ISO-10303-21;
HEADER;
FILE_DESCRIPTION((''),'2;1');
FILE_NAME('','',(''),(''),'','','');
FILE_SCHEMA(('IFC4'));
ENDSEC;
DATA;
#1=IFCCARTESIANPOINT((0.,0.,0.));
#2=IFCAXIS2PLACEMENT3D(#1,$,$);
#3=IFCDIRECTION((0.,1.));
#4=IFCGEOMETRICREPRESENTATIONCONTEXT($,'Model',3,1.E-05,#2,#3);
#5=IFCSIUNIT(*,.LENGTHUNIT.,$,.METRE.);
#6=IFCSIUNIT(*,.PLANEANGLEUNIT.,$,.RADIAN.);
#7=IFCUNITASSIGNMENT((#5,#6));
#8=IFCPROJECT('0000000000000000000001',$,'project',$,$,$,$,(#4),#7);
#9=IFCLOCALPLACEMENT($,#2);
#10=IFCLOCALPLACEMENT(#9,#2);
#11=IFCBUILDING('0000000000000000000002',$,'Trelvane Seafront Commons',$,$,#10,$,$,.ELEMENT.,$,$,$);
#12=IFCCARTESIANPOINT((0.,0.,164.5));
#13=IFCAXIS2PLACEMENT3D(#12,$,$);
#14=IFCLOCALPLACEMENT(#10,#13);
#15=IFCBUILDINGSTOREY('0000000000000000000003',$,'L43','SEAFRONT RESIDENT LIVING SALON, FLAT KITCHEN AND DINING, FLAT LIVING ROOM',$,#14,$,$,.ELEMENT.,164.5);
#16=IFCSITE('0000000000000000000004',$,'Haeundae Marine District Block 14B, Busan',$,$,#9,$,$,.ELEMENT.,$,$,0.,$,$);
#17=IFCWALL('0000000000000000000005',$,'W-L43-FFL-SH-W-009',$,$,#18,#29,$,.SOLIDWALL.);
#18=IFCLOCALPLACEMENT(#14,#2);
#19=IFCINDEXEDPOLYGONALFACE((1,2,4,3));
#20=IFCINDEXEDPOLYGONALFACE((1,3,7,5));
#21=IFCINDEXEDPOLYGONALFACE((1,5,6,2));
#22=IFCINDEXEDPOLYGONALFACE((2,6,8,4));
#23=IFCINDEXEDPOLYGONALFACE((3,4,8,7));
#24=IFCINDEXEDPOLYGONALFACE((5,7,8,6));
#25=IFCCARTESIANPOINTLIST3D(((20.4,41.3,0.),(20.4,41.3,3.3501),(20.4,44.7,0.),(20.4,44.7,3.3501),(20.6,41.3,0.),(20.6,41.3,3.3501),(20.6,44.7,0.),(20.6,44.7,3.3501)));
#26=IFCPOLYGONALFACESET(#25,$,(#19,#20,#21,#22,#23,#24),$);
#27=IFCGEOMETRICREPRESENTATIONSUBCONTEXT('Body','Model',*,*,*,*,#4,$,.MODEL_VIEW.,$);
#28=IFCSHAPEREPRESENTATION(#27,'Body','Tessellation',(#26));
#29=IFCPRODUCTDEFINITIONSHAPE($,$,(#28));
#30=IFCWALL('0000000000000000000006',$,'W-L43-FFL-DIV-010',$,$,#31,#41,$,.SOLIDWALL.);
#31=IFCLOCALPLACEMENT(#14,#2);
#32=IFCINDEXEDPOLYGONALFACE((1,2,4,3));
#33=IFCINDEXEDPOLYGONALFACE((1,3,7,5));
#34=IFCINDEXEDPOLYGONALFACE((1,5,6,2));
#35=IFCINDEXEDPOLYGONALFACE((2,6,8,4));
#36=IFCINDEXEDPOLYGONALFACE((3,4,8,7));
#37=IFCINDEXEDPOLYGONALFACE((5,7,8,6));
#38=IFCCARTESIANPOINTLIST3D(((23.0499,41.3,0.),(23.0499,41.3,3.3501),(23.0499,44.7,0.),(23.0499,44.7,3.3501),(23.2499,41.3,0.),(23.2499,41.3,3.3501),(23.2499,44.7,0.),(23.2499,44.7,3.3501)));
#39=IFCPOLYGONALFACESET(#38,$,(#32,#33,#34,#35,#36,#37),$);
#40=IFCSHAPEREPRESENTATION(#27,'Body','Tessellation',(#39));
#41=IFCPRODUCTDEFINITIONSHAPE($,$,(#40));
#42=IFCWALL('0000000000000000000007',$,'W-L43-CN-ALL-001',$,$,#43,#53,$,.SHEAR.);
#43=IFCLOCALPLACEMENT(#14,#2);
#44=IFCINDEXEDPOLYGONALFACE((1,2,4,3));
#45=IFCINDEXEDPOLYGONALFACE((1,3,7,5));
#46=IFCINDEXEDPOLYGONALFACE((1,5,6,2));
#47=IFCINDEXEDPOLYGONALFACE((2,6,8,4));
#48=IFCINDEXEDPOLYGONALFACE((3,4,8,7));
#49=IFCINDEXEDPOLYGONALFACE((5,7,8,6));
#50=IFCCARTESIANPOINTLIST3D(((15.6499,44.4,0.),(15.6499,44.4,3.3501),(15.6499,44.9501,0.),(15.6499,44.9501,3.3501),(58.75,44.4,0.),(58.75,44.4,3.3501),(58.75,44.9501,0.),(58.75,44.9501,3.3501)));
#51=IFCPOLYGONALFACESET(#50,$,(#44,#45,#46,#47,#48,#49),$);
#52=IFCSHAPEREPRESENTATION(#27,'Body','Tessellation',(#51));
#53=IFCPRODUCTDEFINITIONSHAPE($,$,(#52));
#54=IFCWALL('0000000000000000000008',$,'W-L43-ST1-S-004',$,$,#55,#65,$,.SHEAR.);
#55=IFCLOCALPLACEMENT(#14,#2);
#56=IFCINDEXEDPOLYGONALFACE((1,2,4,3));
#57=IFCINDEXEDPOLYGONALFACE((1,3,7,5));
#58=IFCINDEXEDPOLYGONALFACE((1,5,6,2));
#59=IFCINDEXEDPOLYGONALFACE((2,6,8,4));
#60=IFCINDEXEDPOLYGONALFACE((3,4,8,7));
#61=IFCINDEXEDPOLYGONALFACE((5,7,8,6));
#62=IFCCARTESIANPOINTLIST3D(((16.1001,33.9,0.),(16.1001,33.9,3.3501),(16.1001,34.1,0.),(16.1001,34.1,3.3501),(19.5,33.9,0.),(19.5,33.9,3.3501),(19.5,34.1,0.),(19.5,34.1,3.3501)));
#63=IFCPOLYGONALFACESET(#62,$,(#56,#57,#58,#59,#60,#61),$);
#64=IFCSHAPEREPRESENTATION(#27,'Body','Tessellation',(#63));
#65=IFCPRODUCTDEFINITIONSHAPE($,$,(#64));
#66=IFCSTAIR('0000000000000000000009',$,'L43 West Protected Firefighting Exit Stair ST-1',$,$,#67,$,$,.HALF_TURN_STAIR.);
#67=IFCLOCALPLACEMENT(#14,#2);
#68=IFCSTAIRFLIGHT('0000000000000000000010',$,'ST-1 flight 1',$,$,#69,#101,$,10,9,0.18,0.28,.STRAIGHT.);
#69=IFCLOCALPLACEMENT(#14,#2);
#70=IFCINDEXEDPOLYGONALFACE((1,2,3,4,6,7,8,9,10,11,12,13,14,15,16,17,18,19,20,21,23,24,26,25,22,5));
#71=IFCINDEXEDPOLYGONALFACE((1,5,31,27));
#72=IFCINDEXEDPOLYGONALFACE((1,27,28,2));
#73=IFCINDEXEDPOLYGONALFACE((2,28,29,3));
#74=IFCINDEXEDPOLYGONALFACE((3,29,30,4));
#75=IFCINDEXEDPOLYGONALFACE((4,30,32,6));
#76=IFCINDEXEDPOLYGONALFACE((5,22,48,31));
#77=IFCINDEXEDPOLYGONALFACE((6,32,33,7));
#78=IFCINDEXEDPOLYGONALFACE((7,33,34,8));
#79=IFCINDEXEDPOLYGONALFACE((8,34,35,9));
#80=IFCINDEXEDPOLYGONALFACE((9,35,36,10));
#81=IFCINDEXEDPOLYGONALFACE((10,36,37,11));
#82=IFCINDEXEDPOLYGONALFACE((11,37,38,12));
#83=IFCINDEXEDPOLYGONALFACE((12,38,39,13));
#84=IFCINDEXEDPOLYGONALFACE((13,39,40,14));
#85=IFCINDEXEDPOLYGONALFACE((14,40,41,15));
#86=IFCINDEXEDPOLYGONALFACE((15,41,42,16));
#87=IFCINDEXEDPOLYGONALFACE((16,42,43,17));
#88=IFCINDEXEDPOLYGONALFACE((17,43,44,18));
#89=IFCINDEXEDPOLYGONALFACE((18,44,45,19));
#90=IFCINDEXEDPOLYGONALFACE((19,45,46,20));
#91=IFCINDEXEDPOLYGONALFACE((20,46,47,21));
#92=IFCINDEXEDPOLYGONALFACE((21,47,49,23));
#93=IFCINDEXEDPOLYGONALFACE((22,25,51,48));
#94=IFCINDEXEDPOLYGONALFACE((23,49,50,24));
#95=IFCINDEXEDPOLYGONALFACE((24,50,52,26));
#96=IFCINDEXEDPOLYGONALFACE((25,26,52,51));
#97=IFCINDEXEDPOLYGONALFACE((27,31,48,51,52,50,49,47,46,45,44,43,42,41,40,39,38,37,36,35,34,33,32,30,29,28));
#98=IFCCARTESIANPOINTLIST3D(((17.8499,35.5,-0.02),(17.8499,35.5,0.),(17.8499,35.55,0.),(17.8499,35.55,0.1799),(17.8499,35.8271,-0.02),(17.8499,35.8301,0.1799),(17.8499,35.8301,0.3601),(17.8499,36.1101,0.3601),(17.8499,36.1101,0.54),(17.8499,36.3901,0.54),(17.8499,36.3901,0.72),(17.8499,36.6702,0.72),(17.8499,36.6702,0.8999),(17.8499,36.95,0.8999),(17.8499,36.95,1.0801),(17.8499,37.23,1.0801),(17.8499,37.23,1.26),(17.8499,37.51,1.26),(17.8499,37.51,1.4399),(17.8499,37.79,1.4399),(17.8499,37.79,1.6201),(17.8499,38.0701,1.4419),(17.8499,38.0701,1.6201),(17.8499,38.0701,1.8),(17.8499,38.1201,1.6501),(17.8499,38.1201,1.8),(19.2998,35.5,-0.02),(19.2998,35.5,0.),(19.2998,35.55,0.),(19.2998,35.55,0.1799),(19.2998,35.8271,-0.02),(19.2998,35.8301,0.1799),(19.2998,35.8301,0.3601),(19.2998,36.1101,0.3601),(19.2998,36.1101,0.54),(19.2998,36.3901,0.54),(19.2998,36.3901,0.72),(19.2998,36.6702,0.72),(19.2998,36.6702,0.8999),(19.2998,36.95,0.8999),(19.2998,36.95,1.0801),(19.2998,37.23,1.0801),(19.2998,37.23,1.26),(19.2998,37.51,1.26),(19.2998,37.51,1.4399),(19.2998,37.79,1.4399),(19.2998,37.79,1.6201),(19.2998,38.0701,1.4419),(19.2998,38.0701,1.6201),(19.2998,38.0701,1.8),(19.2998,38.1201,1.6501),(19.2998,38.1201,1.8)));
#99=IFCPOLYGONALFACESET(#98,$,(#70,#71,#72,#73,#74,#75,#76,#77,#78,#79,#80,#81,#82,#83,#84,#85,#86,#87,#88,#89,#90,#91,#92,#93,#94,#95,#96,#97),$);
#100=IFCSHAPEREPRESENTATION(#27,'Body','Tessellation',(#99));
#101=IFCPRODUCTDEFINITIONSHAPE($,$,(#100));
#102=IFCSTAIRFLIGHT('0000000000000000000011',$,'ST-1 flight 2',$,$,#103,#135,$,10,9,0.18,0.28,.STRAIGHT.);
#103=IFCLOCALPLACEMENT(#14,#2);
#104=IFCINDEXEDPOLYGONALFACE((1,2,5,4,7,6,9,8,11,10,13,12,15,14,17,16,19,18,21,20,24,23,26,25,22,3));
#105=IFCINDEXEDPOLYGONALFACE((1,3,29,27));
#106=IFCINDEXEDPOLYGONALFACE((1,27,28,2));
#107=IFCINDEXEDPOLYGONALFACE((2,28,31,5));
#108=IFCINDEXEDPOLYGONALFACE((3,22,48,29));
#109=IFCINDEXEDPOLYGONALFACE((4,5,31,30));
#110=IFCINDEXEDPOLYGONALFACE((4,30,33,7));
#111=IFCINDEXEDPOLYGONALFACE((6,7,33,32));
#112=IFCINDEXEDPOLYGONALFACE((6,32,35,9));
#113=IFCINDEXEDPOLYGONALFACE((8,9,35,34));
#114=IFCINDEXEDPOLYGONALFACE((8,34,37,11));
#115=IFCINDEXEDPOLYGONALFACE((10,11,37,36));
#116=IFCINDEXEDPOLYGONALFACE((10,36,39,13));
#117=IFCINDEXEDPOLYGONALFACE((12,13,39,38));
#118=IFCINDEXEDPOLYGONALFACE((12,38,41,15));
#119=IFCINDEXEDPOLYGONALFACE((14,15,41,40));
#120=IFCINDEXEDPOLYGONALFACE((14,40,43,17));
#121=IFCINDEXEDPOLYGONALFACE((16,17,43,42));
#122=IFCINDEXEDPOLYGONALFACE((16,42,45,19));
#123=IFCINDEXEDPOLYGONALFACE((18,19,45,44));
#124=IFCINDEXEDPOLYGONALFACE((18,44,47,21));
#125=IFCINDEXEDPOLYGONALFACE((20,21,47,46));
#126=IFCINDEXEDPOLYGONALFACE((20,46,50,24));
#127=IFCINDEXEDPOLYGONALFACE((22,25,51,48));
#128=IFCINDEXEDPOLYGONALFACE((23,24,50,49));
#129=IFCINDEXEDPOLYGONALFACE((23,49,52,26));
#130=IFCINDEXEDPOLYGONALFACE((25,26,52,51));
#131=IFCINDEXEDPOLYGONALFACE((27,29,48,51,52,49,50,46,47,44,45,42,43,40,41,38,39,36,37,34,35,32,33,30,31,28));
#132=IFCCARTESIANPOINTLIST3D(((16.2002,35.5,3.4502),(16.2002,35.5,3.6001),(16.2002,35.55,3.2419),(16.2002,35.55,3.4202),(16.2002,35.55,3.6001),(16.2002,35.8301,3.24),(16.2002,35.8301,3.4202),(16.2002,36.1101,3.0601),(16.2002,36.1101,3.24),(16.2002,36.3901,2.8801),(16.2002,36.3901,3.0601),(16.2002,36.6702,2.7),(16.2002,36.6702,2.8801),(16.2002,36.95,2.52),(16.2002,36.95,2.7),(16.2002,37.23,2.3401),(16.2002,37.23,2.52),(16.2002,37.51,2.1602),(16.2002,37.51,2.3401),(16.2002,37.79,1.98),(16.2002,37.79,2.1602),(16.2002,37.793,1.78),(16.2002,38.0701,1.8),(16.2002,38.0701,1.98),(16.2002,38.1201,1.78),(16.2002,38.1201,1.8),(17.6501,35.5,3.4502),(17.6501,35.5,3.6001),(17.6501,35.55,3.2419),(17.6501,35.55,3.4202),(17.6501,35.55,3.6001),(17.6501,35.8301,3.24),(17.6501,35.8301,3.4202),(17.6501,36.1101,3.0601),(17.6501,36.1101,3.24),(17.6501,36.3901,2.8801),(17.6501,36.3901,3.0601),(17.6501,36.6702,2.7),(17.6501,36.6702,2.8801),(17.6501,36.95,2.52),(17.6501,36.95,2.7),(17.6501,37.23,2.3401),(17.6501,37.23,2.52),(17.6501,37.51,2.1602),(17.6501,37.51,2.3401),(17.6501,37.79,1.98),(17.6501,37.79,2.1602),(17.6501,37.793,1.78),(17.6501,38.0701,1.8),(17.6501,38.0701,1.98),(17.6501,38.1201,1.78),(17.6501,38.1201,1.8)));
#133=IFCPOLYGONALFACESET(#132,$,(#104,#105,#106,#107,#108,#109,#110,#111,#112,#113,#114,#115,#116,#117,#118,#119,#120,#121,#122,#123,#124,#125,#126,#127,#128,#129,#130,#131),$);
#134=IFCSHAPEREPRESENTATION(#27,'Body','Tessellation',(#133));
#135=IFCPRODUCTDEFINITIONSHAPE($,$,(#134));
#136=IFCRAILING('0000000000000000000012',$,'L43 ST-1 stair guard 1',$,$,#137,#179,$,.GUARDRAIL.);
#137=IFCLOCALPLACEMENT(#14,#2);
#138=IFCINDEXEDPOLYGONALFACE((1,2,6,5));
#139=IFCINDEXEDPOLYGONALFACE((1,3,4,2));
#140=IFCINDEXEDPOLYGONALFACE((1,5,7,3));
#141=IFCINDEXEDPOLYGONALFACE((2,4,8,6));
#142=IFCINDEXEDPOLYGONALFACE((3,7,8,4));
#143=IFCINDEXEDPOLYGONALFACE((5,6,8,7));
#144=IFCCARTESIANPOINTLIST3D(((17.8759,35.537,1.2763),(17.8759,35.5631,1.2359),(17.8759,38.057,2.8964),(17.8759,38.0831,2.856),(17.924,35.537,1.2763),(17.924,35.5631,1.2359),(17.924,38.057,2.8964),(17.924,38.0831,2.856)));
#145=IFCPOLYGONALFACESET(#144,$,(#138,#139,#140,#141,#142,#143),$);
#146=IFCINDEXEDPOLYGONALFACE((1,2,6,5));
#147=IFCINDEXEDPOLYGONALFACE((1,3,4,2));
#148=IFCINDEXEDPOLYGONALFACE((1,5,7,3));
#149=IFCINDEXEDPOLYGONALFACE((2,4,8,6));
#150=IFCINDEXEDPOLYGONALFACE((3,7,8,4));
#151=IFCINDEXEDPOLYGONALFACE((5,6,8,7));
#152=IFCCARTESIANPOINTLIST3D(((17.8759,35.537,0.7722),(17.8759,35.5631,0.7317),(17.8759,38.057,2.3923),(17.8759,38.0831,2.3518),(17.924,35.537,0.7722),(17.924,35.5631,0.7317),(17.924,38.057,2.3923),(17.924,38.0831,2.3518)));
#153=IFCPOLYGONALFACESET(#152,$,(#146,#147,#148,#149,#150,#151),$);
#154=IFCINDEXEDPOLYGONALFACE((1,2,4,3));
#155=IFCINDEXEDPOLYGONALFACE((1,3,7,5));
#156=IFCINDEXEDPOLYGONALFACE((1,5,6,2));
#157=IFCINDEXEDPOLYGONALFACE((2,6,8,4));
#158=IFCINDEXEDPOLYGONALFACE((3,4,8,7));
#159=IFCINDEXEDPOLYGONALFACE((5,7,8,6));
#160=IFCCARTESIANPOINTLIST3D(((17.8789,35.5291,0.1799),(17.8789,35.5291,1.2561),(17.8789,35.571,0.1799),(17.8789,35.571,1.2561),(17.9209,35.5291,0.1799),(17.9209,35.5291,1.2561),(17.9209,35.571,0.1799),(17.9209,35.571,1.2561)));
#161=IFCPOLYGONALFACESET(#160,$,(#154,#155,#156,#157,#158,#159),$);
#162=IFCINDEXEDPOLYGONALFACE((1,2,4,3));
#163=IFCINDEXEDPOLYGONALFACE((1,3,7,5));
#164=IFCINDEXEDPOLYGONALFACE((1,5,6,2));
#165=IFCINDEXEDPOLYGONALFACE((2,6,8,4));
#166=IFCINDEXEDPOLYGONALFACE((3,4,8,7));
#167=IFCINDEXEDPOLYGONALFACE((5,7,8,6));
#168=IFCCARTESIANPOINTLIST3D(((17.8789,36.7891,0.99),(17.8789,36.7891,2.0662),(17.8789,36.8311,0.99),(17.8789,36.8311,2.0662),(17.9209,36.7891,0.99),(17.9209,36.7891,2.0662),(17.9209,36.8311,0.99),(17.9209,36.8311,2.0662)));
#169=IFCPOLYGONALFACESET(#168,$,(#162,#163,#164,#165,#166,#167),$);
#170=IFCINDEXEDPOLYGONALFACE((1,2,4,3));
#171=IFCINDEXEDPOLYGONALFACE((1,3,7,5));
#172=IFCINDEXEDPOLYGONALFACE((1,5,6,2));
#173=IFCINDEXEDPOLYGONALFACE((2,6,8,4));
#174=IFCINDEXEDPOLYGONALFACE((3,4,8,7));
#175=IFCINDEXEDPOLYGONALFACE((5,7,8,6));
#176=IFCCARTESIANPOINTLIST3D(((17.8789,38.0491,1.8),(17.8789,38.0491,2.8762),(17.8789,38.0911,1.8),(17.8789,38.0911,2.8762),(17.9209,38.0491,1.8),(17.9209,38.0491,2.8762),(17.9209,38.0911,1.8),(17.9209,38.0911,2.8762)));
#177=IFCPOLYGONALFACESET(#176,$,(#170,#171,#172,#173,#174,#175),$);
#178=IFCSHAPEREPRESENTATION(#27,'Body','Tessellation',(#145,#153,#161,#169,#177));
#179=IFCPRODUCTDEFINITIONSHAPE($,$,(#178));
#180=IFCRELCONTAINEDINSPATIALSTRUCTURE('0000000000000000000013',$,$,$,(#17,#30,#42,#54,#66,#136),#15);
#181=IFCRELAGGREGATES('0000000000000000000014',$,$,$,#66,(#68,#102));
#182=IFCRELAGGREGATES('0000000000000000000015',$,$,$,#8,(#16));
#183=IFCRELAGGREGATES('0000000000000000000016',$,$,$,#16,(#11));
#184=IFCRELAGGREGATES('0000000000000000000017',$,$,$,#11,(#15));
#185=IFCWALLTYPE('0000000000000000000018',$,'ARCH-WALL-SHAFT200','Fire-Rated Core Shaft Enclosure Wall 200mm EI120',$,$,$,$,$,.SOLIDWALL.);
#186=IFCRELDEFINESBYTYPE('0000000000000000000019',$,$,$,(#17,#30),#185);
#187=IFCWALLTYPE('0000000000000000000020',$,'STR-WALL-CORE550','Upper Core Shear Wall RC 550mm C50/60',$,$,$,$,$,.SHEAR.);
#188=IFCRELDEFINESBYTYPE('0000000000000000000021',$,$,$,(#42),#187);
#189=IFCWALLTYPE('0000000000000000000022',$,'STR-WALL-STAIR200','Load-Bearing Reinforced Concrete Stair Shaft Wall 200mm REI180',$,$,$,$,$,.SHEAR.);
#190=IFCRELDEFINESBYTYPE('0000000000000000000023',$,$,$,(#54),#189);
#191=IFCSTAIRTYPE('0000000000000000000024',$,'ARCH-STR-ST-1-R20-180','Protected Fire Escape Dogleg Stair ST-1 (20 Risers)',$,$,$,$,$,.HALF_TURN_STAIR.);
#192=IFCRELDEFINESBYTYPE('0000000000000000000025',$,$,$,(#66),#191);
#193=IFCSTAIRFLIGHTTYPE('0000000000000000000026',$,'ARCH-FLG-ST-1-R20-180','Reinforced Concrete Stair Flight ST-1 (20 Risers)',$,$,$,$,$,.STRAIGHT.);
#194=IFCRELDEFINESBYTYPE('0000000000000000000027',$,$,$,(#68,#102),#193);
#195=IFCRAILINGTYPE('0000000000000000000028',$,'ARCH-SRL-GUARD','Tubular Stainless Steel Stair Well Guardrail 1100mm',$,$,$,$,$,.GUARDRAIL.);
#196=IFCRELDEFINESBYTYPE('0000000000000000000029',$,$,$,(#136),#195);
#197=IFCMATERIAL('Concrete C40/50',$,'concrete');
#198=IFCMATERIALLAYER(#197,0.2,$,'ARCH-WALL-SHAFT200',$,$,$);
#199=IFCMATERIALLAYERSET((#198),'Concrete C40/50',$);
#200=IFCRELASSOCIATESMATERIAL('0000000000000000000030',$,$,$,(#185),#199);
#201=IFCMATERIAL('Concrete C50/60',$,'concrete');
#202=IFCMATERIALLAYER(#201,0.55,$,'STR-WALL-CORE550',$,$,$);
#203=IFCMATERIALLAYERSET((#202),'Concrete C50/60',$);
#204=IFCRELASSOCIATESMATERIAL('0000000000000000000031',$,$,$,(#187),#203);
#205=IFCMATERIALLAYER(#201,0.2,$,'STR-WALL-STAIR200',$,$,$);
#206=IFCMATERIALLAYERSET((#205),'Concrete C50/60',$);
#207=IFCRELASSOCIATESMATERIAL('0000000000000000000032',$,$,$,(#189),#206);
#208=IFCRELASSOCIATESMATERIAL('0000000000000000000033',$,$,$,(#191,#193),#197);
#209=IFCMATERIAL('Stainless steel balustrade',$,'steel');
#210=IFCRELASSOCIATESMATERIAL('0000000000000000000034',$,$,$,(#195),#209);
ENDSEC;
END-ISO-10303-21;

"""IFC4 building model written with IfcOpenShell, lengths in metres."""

from ifc_helpers import new_model, si_unit, direction, frame, frame_2d, origin, origin_2d, place, context, subcontext, project, spatial, polyline, rectangle, outline, extrude, source, transform, mapped, material, layer, layer_set, type_object, element, aggregate, save


model = new_model("IFC4")

# Units and contexts
model_context = context("Model", 3, precision=1e-05, world=origin(), true_north=direction((0.0, 1.0)))
body_context = subcontext(model_context, "Body", "Model", "MODEL_VIEW")
ifc_project = project(units=[si_unit("LENGTHUNIT", "METRE"), si_unit("PLANEANGLEUNIT", "RADIAN")], contexts=[model_context])

# Site, building, storey
site_placement = place(None, origin())
site = spatial("IfcSite", under=ifc_project, at=site_placement, Name="Haeundae Marine District Block 14B, Busan", CompositionType="ELEMENT", RefElevation=0.0)
building_placement = place(site_placement, origin())
building = spatial("IfcBuilding", under=site, at=building_placement, Name="Trelvane Seafront Commons", CompositionType="ELEMENT")
storey_placement = place(building_placement, frame((0.0, 0.0, 164.5)))
storey = spatial("IfcBuildingStorey", under=building, at=storey_placement, Name="L43", Description="SEAFRONT RESIDENT LIVING SALON, FLAT KITCHEN AND DINING, FLAT LIVING ROOM", CompositionType="ELEMENT", Elevation=164.5)

# Shared definitions
ifc_material_1 = material(Name="Concrete C50/60", Category="concrete")

# Shared definitions
ifc_material_2 = material(Name="Concrete C40/50", Category="concrete")
ifc_layer_1 = layer(ifc_material_2, 0.2, Name="ARCH-WALL-SHAFT200")
ifc_layer_set_1 = layer_set([ifc_layer_1], Name="Concrete C40/50")
wall_type_1 = type_object("IfcWallType", Name="ARCH-WALL-SHAFT200", Description="Fire-Rated Core Shaft Enclosure Wall 200mm EI120", PredefinedType="SOLIDWALL", material=ifc_layer_set_1)
ifc_material_3 = material(Name="Stainless steel balustrade", Category="steel")

# Walls
for number, where, z_axis, x_axis, name in (
    (1, (20.5, 41.3, 0.0), (0.0, 0.0, 1.0), (0.0, 1.0, 0.0), "W-L43-FFL-SH-W-009"),
    (2, (23.1499, 41.3, 0.0), (0.0, 0.0, 1.0), (0.0, 1.0, 0.0), "W-L43-FFL-DIV-010"),
):
    element("IfcWall", number, at=place(storey_placement, frame(where, z_axis=z_axis, x_axis=x_axis)), inside=storey, type_object=wall_type_1, Name=name, PredefinedType="SOLIDWALL", context=body_context, shape_type="SweptSolid", body=[
        extrude(rectangle(XDim=3.3999, YDim=0.2, at=frame_2d((1.7, 0.0))), origin(), (0.0, 0.0, 1.0), 3.3501),
    ])
ifc_layer_2 = layer(ifc_material_1, 0.55, Name="STR-WALL-CORE550")
ifc_layer_set_2 = layer_set([ifc_layer_2], Name="Concrete C50/60")
wall_type_2 = type_object("IfcWallType", Name="STR-WALL-CORE550", Description="Upper Core Shear Wall RC 550mm C50/60", PredefinedType="SHEAR", material=ifc_layer_set_2)
wall_1_placement = place(storey_placement, frame((15.6499, 44.675, 0.0), z_axis=(0.0, 0.0, 1.0), x_axis=(1.0, 0.0, 0.0)))
element("IfcWall", 3, at=wall_1_placement, inside=storey, type_object=wall_type_2, Name="W-L43-CN-ALL-001", PredefinedType="SHEAR", context=body_context, shape_type="SweptSolid", body=[
    extrude(rectangle(XDim=43.1001, YDim=0.55, at=frame_2d((21.55, 0.0))), origin(), (0.0, 0.0, 1.0), 3.3501),
])
ifc_layer_3 = layer(ifc_material_1, 0.2, Name="STR-WALL-STAIR200")
ifc_layer_set_3 = layer_set([ifc_layer_3], Name="Concrete C50/60")
wall_type_3 = type_object("IfcWallType", Name="STR-WALL-STAIR200", Description="Load-Bearing Reinforced Concrete Stair Shaft Wall 200mm REI180", PredefinedType="SHEAR", material=ifc_layer_set_3)
wall_2_placement = place(storey_placement, frame((16.1001, 34.0, 0.0), z_axis=(0.0, 0.0, 1.0), x_axis=(1.0, 0.0, 0.0)))
element("IfcWall", 4, at=wall_2_placement, inside=storey, type_object=wall_type_3, Name="W-L43-ST1-S-004", PredefinedType="SHEAR", context=body_context, shape_type="SweptSolid", body=[
    extrude(rectangle(XDim=3.3999, YDim=0.2, at=frame_2d((1.7, 0.0))), origin(), (0.0, 0.0, 1.0), 3.3501),
])

# Stair, stair flights
stair_type = type_object("IfcStairType", Name="ARCH-STR-ST-1-R20-180", Description="Protected Fire Escape Dogleg Stair ST-1 (20 Risers)", PredefinedType="HALF_TURN_STAIR", material=ifc_material_2)
stair_placement = place(storey_placement, origin())
stair = element("IfcStair", 5, at=stair_placement, inside=storey, type_object=stair_type, Name="L43 West Protected Firefighting Exit Stair ST-1", PredefinedType="HALF_TURN_STAIR")
stair_flight_type = type_object("IfcStairFlightType", Name="ARCH-FLG-ST-1-R20-180", Description="Reinforced Concrete Stair Flight ST-1 (20 Risers)", PredefinedType="STRAIGHT", material=ifc_material_2)
shared_shape_1 = source(origin(), body_context, "Body", "SweptSolid", [
    extrude(outline(polyline([(-0.05, -0.02), (-0.05, 0.0), (0.0, 0.0), (0.0, 0.1799), (0.28, 0.1799), (0.28, 0.3601), (0.5601, 0.3601), (0.5601, 0.54), (0.8401, 0.54), (0.8401, 0.72), (1.1201, 0.72), (1.1201, 0.8999), (1.3999, 0.8999), (1.3999, 1.0801), (1.6799, 1.0801), (1.6799, 1.26), (1.96, 1.26), (1.96, 1.4399), (2.24, 1.4399), (2.24, 1.6201), (2.52, 1.6201), (2.52, 1.8), (2.5701, 1.8), (2.5701, 1.6501), (2.52, 1.4419), (0.2771, -0.02), (-0.05, -0.02)])), frame((0.0, 0.7251, 0.0), z_axis=(0.0, -1.0, 0.0), x_axis=(1.0, 0.0, 0.0)), (0.0, 0.0, 1.0), 1.45),
])
stair_flight_1_placement = place(storey_placement, frame((18.575, 35.55, 0.0), z_axis=(0.0, 0.0, 1.0), x_axis=(0.0, 1.0, 0.0)))
stair_flight_1 = element("IfcStairFlight", 6, at=stair_flight_1_placement, type_object=stair_flight_type, Name="ST-1 flight 1", NumberOfRisers=10, NumberOfTreads=9, PredefinedType="STRAIGHT", RiserHeight=0.18, TreadLength=0.28, context=body_context, shape_type="MappedRepresentation", body=[
    mapped(shared_shape_1, transform((0.0, 0.0, 0.0), x_axis=(1.0, 0.0, 0.0), y_axis=(0.0, 1.0, 0.0), z_axis=(0.0, 0.0, 1.0), scale=1.0)),
])
stair_flight_2_placement = place(storey_placement, frame((16.925, 38.0701, 1.8), z_axis=(0.0, 0.0, 1.0), x_axis=(0.0, -1.0, 0.0)))
stair_flight_2 = element("IfcStairFlight", 7, at=stair_flight_2_placement, type_object=stair_flight_type, Name="ST-1 flight 2", NumberOfRisers=10, NumberOfTreads=9, PredefinedType="STRAIGHT", RiserHeight=0.18, TreadLength=0.28, context=body_context, shape_type="MappedRepresentation", body=[
    mapped(shared_shape_1, transform((0.0, 0.0, 0.0), x_axis=(1.0, 0.0, 0.0), y_axis=(0.0, 1.0, 0.0), z_axis=(0.0, 0.0, 1.0), scale=1.0)),
])
aggregate(stair, [stair_flight_1, stair_flight_2])

# Railing
railing_type_1 = type_object("IfcRailingType", Name="ARCH-SRL-GUARD", Description="Tubular Stainless Steel Stair Well Guardrail 1100mm", PredefinedType="GUARDRAIL", material=ifc_material_3)
railing_1_placement = place(storey_placement, frame((17.8999, 35.55, 0.1799)))
element("IfcRailing", 8, at=railing_1_placement, inside=storey, type_object=railing_type_1, Name="L43 ST-1 stair guard 1", PredefinedType="GUARDRAIL", context=body_context, shape_type="SweptSolid", body=[
    extrude(rectangle(XDim=0.0481, YDim=0.0481, at=origin_2d()), frame((0.0, 0.0, 1.0762), z_axis=(0.0, 0.841163, 0.540782), x_axis=(-1.0, 0.0, 0.0)), (0.0, 0.0, 1.0), 2.9958),
    extrude(rectangle(XDim=0.0481, YDim=0.0481, at=origin_2d()), frame((0.0, 0.0, 0.572), z_axis=(0.0, 0.841163, 0.540782), x_axis=(-1.0, 0.0, 0.0)), (0.0, 0.0, 1.0), 2.9958),
    extrude(rectangle(XDim=0.042, YDim=0.042, at=origin_2d()), origin(), (0.0, 0.0, 1.0), 1.0762),
    extrude(rectangle(XDim=0.042, YDim=0.042, at=origin_2d()), frame((0.0, 1.26, 0.8101)), (0.0, 0.0, 1.0), 1.0762),
    extrude(rectangle(XDim=0.042, YDim=0.042, at=origin_2d()), frame((0.0, 2.52, 1.6201)), (0.0, 0.0, 1.0), 1.0762),
])

save(model, "model.ifc")
